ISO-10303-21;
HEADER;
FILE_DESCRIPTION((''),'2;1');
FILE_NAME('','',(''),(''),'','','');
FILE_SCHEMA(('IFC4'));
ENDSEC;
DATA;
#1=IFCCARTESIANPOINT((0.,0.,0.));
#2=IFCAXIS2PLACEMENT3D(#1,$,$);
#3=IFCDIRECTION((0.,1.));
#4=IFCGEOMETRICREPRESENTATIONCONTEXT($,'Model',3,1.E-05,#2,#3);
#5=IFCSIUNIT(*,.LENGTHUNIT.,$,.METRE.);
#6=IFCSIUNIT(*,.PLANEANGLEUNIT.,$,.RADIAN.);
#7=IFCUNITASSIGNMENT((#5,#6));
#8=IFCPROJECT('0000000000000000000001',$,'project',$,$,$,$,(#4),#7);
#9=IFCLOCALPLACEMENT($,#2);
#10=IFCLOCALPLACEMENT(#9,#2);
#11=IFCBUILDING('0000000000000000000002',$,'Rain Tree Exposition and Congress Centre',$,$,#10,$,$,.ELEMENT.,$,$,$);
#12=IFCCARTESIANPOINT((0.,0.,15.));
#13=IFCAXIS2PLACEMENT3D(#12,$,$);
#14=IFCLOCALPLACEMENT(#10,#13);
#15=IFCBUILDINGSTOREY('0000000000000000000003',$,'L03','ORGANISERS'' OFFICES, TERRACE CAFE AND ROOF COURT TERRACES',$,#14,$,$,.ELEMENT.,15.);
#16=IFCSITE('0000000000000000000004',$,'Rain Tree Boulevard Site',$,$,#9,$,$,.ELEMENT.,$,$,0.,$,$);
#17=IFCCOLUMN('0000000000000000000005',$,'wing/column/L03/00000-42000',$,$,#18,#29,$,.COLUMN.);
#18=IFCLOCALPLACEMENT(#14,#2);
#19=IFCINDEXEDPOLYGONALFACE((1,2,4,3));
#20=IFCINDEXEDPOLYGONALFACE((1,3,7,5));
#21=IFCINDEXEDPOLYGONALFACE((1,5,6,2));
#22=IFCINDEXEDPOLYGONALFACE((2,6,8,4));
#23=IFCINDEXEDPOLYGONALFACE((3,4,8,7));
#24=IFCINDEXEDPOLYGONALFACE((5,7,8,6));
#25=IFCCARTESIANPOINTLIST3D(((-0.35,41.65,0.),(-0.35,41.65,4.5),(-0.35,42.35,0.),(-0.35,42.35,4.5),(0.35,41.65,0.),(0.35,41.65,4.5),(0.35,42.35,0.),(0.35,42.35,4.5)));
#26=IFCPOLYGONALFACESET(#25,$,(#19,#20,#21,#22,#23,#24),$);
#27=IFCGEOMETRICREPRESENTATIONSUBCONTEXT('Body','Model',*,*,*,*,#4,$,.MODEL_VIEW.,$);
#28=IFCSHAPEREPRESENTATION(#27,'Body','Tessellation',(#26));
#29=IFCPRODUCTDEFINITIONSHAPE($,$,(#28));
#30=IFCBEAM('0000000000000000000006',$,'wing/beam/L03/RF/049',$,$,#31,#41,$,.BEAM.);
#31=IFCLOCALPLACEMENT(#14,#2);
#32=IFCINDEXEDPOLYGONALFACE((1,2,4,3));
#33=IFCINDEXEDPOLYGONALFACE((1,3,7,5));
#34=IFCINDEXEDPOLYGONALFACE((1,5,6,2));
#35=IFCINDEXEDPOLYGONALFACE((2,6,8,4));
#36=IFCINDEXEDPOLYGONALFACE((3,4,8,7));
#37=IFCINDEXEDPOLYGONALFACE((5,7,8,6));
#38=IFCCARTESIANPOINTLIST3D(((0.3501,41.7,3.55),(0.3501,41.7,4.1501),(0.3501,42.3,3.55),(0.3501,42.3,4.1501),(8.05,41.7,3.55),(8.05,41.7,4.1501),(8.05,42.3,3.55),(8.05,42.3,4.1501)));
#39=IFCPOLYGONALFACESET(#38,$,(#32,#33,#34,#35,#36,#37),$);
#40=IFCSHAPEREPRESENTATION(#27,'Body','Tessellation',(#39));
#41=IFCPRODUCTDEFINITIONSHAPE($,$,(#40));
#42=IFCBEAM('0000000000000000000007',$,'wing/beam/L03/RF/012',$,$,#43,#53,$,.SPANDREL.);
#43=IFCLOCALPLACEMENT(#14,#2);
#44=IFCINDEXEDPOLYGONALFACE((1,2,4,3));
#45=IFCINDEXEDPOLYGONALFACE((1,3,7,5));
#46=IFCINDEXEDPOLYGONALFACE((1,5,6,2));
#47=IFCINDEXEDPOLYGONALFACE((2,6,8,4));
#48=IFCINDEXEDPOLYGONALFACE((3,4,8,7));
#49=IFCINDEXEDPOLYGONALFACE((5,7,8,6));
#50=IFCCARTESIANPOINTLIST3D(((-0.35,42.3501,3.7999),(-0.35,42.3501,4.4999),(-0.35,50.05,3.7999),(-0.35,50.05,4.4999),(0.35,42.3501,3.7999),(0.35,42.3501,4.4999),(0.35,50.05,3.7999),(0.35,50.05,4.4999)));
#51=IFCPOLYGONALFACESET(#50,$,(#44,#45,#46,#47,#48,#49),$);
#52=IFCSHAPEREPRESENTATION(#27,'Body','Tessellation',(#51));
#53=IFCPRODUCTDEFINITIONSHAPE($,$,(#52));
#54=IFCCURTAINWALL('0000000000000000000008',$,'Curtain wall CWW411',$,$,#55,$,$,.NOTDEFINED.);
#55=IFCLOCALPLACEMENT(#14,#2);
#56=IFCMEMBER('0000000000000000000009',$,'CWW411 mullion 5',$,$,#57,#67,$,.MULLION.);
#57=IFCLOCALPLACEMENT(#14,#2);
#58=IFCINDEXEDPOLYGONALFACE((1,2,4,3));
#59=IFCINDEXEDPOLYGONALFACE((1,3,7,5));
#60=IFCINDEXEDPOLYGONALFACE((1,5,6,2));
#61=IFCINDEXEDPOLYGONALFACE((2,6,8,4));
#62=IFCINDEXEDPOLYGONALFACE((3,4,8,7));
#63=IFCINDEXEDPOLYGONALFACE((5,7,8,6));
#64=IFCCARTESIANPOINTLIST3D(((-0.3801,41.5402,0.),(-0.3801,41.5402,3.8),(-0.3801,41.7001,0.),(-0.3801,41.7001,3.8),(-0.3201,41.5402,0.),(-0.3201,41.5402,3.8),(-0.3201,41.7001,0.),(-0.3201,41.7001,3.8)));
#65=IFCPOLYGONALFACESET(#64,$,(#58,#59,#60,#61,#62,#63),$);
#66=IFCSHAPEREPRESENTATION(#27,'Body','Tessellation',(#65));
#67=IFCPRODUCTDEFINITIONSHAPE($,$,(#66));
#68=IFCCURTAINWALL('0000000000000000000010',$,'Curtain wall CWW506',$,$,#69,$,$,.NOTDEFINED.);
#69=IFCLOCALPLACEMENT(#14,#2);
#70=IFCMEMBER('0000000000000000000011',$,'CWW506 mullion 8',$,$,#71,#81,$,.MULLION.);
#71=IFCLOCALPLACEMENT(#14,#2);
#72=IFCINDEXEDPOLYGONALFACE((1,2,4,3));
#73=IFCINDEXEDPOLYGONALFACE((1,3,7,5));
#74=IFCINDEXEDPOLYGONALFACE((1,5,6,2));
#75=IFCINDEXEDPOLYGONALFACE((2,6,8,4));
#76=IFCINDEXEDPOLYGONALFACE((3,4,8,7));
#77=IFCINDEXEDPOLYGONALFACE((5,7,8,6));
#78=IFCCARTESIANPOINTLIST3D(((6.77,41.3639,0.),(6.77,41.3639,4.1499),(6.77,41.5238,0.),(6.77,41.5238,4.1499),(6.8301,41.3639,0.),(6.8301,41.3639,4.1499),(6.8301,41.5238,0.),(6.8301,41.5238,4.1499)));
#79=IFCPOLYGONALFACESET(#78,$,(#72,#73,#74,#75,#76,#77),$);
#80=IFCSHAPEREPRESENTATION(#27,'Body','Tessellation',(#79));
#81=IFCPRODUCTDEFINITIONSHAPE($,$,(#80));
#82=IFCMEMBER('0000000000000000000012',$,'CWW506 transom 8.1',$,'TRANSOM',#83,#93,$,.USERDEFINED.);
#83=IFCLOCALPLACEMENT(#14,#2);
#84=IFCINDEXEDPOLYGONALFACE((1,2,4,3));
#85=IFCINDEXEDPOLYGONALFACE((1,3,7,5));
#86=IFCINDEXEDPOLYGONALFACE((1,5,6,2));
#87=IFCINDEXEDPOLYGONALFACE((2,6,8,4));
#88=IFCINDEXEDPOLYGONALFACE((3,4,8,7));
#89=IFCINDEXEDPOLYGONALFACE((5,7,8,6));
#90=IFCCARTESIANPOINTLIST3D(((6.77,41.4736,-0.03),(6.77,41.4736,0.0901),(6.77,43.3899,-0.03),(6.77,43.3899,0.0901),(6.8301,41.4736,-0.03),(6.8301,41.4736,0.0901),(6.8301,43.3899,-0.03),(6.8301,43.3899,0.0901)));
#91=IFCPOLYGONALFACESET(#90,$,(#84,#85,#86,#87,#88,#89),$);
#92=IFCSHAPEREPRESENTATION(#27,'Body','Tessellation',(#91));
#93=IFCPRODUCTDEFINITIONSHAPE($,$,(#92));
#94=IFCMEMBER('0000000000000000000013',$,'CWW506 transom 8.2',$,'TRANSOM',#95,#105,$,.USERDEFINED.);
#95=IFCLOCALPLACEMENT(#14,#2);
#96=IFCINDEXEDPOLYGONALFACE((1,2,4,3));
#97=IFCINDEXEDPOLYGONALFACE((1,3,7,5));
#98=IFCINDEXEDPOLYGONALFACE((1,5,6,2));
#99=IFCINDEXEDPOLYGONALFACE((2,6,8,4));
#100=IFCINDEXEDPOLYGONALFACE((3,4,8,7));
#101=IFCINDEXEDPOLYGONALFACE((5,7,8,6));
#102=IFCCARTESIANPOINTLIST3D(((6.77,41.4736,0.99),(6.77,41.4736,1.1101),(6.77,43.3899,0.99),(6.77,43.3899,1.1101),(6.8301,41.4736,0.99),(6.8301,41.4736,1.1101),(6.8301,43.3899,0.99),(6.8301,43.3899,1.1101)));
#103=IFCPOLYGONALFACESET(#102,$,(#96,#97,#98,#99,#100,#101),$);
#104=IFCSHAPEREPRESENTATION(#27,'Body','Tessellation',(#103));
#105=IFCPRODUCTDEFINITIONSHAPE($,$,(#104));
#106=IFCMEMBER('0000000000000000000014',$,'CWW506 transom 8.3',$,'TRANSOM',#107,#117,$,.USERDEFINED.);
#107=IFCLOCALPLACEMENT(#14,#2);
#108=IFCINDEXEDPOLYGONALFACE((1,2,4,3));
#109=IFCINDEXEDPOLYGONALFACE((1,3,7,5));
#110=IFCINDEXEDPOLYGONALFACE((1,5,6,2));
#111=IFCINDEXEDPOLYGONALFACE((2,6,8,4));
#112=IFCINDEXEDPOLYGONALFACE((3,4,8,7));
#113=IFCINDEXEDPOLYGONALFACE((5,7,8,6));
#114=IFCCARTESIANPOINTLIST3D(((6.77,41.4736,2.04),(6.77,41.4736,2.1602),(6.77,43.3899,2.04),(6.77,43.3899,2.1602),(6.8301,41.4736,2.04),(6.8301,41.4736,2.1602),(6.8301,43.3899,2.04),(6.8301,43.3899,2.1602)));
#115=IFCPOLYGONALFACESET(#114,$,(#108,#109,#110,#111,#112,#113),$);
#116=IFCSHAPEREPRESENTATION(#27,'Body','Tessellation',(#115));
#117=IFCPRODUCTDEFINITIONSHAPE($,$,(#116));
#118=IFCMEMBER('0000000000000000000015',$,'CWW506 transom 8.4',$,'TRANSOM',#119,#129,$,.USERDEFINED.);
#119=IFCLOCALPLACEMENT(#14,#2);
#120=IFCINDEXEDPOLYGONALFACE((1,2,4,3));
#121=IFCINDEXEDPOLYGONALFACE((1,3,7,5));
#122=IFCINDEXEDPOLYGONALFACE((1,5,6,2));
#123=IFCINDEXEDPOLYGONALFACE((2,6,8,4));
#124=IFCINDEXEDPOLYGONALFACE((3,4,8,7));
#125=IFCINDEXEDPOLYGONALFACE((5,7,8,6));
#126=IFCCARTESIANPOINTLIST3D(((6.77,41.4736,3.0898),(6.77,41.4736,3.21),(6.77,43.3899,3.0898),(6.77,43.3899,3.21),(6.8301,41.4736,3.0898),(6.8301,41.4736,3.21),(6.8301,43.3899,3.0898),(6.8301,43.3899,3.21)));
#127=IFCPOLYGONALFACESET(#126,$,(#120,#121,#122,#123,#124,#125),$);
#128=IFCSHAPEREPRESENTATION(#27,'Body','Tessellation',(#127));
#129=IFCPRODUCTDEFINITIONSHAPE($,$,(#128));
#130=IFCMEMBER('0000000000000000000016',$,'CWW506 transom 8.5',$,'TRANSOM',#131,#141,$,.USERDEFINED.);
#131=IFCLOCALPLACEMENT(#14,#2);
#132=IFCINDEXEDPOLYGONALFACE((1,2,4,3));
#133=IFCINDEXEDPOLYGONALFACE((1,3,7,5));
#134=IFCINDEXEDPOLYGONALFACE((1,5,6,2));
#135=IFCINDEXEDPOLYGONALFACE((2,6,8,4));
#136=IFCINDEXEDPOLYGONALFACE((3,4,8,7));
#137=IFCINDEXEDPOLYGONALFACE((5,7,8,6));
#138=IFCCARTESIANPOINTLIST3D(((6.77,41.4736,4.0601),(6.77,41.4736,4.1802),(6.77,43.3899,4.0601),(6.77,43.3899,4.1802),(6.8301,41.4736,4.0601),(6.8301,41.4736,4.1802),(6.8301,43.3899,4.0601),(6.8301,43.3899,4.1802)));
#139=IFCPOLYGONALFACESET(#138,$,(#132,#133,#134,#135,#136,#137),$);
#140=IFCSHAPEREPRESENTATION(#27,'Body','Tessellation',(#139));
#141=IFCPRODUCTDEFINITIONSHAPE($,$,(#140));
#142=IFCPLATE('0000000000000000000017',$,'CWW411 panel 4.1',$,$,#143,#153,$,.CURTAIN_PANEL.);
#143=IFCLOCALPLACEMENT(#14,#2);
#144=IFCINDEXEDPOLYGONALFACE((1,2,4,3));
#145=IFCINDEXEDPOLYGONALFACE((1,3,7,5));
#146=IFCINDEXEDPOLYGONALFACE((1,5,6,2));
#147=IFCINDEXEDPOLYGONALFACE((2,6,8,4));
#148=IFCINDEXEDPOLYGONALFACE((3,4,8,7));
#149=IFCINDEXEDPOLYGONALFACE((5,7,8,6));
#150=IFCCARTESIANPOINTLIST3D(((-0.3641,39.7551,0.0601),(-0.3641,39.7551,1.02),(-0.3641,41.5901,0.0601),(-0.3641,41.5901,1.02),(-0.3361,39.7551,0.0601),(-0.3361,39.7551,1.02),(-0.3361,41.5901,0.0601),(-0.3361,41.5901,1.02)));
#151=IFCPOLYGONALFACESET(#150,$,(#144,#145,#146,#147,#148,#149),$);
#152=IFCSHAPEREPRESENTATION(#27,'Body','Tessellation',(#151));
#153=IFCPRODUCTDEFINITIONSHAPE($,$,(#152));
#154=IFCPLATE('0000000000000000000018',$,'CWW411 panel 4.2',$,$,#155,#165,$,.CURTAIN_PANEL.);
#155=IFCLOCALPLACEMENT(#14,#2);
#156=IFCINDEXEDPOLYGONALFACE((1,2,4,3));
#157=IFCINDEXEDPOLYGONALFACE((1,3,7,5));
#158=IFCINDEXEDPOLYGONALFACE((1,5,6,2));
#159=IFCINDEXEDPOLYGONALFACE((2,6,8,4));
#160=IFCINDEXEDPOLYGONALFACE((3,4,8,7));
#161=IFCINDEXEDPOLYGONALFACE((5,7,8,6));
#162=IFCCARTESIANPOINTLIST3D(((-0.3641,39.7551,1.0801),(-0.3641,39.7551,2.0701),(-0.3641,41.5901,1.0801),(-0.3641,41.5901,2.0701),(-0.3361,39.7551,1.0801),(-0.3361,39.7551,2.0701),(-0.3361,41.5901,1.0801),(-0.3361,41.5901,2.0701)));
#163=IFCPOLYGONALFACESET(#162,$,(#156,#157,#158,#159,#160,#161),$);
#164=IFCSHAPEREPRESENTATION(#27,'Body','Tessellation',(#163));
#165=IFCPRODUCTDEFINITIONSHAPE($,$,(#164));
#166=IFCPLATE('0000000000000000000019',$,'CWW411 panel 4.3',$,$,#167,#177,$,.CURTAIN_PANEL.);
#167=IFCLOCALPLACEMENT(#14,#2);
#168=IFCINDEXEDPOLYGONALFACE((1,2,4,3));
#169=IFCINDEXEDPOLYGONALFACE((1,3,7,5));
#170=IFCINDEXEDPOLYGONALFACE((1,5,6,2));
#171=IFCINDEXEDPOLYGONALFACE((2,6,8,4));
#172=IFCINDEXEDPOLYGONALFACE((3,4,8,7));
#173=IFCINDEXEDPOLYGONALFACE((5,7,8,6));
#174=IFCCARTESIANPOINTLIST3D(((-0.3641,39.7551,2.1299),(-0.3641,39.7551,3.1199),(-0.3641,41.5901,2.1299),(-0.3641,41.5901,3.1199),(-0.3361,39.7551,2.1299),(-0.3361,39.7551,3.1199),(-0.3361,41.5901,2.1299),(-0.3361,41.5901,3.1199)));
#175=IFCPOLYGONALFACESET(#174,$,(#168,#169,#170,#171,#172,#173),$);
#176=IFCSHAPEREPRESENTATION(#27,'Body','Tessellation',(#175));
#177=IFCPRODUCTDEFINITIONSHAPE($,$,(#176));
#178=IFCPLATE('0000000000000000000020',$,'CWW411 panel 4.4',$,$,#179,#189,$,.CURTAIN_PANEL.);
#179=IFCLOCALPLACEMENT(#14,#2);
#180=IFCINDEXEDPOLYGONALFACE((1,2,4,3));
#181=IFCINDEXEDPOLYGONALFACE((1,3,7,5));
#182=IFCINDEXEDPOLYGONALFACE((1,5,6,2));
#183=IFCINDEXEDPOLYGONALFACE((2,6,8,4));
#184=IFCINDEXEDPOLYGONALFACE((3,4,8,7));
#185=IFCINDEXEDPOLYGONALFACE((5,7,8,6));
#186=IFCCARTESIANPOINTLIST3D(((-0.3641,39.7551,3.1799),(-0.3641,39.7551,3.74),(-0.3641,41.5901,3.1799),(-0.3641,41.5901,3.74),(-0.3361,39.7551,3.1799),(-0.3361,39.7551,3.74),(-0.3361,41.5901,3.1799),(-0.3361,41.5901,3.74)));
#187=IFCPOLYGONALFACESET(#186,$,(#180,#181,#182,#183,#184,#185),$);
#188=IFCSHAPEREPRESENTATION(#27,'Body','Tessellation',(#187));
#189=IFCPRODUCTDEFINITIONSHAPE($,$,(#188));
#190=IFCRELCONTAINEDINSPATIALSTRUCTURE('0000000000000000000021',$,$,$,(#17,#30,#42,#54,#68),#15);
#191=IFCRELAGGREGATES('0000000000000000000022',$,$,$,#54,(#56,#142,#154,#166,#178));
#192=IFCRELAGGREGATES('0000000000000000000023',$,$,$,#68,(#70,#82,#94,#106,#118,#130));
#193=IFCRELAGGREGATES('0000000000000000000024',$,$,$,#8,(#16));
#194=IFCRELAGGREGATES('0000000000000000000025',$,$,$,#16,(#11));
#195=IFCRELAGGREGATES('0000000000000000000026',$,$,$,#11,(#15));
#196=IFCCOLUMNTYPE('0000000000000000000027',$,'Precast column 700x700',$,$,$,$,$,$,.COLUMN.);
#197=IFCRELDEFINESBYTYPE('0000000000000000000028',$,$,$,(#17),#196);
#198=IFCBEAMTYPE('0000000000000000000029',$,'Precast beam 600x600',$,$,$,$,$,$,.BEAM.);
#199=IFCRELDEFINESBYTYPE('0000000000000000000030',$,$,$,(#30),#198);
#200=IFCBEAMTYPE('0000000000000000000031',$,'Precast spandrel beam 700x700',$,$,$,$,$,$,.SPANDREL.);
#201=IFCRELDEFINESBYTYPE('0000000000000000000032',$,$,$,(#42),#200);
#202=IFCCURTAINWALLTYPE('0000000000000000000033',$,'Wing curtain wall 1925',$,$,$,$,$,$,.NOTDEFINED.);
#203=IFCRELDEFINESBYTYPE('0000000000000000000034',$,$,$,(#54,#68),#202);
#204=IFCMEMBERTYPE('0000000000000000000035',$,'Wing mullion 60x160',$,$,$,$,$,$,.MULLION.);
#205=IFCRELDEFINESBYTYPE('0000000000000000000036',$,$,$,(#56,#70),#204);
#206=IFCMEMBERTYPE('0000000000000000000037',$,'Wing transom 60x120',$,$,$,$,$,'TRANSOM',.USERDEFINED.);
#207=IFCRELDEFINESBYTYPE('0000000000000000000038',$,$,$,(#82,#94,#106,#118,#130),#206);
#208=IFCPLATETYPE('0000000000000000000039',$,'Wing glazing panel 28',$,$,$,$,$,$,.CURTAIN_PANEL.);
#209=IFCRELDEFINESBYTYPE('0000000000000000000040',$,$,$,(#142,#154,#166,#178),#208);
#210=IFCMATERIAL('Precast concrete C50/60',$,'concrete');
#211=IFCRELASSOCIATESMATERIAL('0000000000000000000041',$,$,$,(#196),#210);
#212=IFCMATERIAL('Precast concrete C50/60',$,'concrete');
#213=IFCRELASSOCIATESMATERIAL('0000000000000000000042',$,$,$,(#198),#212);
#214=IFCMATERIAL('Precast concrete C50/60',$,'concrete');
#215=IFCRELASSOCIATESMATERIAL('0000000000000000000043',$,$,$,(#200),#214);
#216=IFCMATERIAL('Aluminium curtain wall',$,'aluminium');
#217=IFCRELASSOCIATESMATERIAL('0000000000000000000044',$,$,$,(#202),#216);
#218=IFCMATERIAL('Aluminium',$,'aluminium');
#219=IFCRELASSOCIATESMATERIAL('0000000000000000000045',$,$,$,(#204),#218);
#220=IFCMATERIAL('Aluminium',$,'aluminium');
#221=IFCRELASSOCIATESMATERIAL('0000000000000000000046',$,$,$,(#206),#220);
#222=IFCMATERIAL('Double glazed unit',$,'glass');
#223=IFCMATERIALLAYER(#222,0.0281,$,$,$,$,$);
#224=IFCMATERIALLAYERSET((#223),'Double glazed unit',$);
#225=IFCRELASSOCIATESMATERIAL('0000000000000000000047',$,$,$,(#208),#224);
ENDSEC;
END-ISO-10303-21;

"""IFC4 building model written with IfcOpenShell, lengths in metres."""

from ifc_helpers import new_model, si_unit, direction, frame, origin, origin_2d, place, context, subcontext, project, spatial, rectangle, extrude, material, layer, layer_set, material_profile, profile_set, type_object, element, aggregate, save


model = new_model("IFC4")

# Units and contexts
model_context = context("Model", 3, precision=1e-05, world=origin(), true_north=direction((0.0, 1.0)))
body_context = subcontext(model_context, "Body", "Model", "MODEL_VIEW")
ifc_project = project(units=[si_unit("LENGTHUNIT", "METRE"), si_unit("PLANEANGLEUNIT", "RADIAN")], contexts=[model_context])

# Site, building, storey
site_placement = place(None, origin())
site = spatial("IfcSite", under=ifc_project, at=site_placement, Name="Rain Tree Boulevard Site", CompositionType="ELEMENT", RefElevation=0.0)
building_placement = place(site_placement, origin())
building = spatial("IfcBuilding", under=site, at=building_placement, Name="Rain Tree Exposition and Congress Centre", CompositionType="ELEMENT")
storey_placement = place(building_placement, frame((0.0, 0.0, 15.0)))
storey = spatial("IfcBuildingStorey", under=building, at=storey_placement, Name="L03", Description="ORGANISERS' OFFICES, TERRACE CAFE AND ROOF COURT TERRACES", CompositionType="ELEMENT", Elevation=15.0)

# Column
ifc_material_1 = material(Name="Precast concrete C50/60", Category="concrete")
ifc_material_profile_1 = material_profile(ifc_material_1, rectangle(XDim=0.7, YDim=0.7, at=origin_2d()), Name="RC 700x700")
ifc_profile_set_1 = profile_set([ifc_material_profile_1], Name="Precast concrete C50/60")
column_type = type_object("IfcColumnType", Name="Precast column 700x700", PredefinedType="COLUMN", material=ifc_profile_set_1)
column_placement = place(storey_placement, frame((0.0, 42.0, 0.0), z_axis=(0.0, 0.0, 1.0), x_axis=(1.0, 0.0, 0.0)))
element("IfcColumn", 1, at=column_placement, inside=storey, type_object=column_type, Name="wing/column/L03/00000-42000", PredefinedType="COLUMN", context=body_context, shape_type="SweptSolid", body=[
    extrude(rectangle(XDim=0.7, YDim=0.7, at=origin_2d()), origin(), (0.0, 0.0, 1.0), 4.5),
])

# Beams
ifc_material_2 = material(Name="Precast concrete C50/60", Category="concrete")
ifc_material_profile_2 = material_profile(ifc_material_2, rectangle(XDim=0.6001, YDim=0.6001, at=origin_2d()), Name="RC 600x600")
ifc_profile_set_2 = profile_set([ifc_material_profile_2], Name="Precast concrete C50/60")
beam_type_1 = type_object("IfcBeamType", Name="Precast beam 600x600", PredefinedType="BEAM", material=ifc_profile_set_2)
beam_1_placement = place(storey_placement, frame((0.3501, 42.0, 3.8501), z_axis=(1.0, 0.0, 0.0), x_axis=(0.0, 1.0, 0.0)))
element("IfcBeam", 2, at=beam_1_placement, inside=storey, type_object=beam_type_1, Name="wing/beam/L03/RF/049", PredefinedType="BEAM", context=body_context, shape_type="SweptSolid", body=[
    extrude(rectangle(XDim=0.6001, YDim=0.6001, at=origin_2d()), origin(), (0.0, 0.0, 1.0), 7.7),
])
ifc_material_3 = material(Name="Precast concrete C50/60", Category="concrete")
ifc_material_profile_3 = material_profile(ifc_material_3, rectangle(XDim=0.7, YDim=0.7, at=origin_2d()), Name="RC 700x700")
ifc_profile_set_3 = profile_set([ifc_material_profile_3], Name="Precast concrete C50/60")
beam_type_2 = type_object("IfcBeamType", Name="Precast spandrel beam 700x700", PredefinedType="SPANDREL", material=ifc_profile_set_3)
beam_2_placement = place(storey_placement, frame((0.0, 42.3501, 4.1499), z_axis=(0.0, 1.0, 0.0), x_axis=(-1.0, 0.0, 0.0)))
element("IfcBeam", 3, at=beam_2_placement, inside=storey, type_object=beam_type_2, Name="wing/beam/L03/RF/012", PredefinedType="SPANDREL", context=body_context, shape_type="SweptSolid", body=[
    extrude(rectangle(XDim=0.7, YDim=0.7, at=origin_2d()), origin(), (0.0, 0.0, 1.0), 7.7),
])

# Curtain wall, member
ifc_material_4 = material(Name="Aluminium curtain wall", Category="aluminium")
curtain_wall_type = type_object("IfcCurtainWallType", Name="Wing curtain wall 1925", PredefinedType="NOTDEFINED", material=ifc_material_4)
curtain_wall_1_placement = place(storey_placement, origin())
curtain_wall_1 = element("IfcCurtainWall", 4, at=curtain_wall_1_placement, inside=storey, type_object=curtain_wall_type, Name="Curtain wall CWW411", PredefinedType="NOTDEFINED")
ifc_material_5 = material(Name="Aluminium", Category="aluminium")
ifc_material_profile_4 = material_profile(ifc_material_5, rectangle(XDim=0.0601, YDim=0.1599, at=origin_2d()), Name="Aluminium 60x160")
ifc_profile_set_4 = profile_set([ifc_material_profile_4], Name="Aluminium")
member_type_1 = type_object("IfcMemberType", Name="Wing mullion 60x160", PredefinedType="MULLION", material=ifc_profile_set_4)
member_1_placement = place(storey_placement, frame((-0.3501, 41.6201, 0.0), z_axis=(0.0, 0.0, 1.0), x_axis=(-1.0, 0.0, 0.0)))
member_1 = element("IfcMember", 5, at=member_1_placement, type_object=member_type_1, Name="CWW411 mullion 5", PredefinedType="MULLION", context=body_context, shape_type="SweptSolid", body=[
    extrude(rectangle(XDim=0.0601, YDim=0.1599, at=origin_2d()), origin(), (0.0, 0.0, 1.0), 3.8),
])

# Curtain wall, members
curtain_wall_2_placement = place(storey_placement, origin())
curtain_wall_2 = element("IfcCurtainWall", 6, at=curtain_wall_2_placement, inside=storey, type_object=curtain_wall_type, Name="Curtain wall CWW506", PredefinedType="NOTDEFINED")
member_2_placement = place(storey_placement, frame((6.8, 41.4438, 0.0), z_axis=(0.0, 0.0, 1.0), x_axis=(-1.0, 0.0, 0.0)))
member_2 = element("IfcMember", 7, at=member_2_placement, type_object=member_type_1, Name="CWW506 mullion 8", PredefinedType="MULLION", context=body_context, shape_type="SweptSolid", body=[
    extrude(rectangle(XDim=0.0601, YDim=0.1599, at=origin_2d()), origin(), (0.0, 0.0, 1.0), 4.1499),
])
ifc_material_6 = material(Name="Aluminium", Category="aluminium")
ifc_material_profile_5 = material_profile(ifc_material_6, rectangle(XDim=0.0601, YDim=0.1201, at=origin_2d()), Name="Aluminium 60x120")
ifc_profile_set_5 = profile_set([ifc_material_profile_5], Name="Aluminium")
member_type_2 = type_object("IfcMemberType", Name="Wing transom 60x120", ElementType="TRANSOM", PredefinedType="USERDEFINED", material=ifc_profile_set_5)
member_3_placement = place(storey_placement, frame((6.8, 41.4736, 0.03), z_axis=(0.0, 1.0, 0.0), x_axis=(-1.0, 0.0, 0.0)))
member_3 = element("IfcMember", 8, at=member_3_placement, type_object=member_type_2, Name="CWW506 transom 8.1", ObjectType="TRANSOM", PredefinedType="USERDEFINED", context=body_context, shape_type="SweptSolid", body=[
    extrude(rectangle(XDim=0.0601, YDim=0.1201, at=origin_2d()), origin(), (0.0, 0.0, 1.0), 1.9163),
])
member_4_placement = place(storey_placement, frame((6.8, 41.4736, 1.05), z_axis=(0.0, 1.0, 0.0), x_axis=(-1.0, 0.0, 0.0)))
member_4 = element("IfcMember", 9, at=member_4_placement, type_object=member_type_2, Name="CWW506 transom 8.2", ObjectType="TRANSOM", PredefinedType="USERDEFINED", context=body_context, shape_type="SweptSolid", body=[
    extrude(rectangle(XDim=0.0601, YDim=0.1201, at=origin_2d()), origin(), (0.0, 0.0, 1.0), 1.9163),
])
member_5_placement = place(storey_placement, frame((6.8, 41.4736, 2.1001), z_axis=(0.0, 1.0, 0.0), x_axis=(-1.0, 0.0, 0.0)))
member_5 = element("IfcMember", 10, at=member_5_placement, type_object=member_type_2, Name="CWW506 transom 8.3", ObjectType="TRANSOM", PredefinedType="USERDEFINED", context=body_context, shape_type="SweptSolid", body=[
    extrude(rectangle(XDim=0.0601, YDim=0.1201, at=origin_2d()), origin(), (0.0, 0.0, 1.0), 1.9163),
])
member_6_placement = place(storey_placement, frame((6.8, 41.4736, 3.1499), z_axis=(0.0, 1.0, 0.0), x_axis=(-1.0, 0.0, 0.0)))
member_6 = element("IfcMember", 11, at=member_6_placement, type_object=member_type_2, Name="CWW506 transom 8.4", ObjectType="TRANSOM", PredefinedType="USERDEFINED", context=body_context, shape_type="SweptSolid", body=[
    extrude(rectangle(XDim=0.0601, YDim=0.1201, at=origin_2d()), origin(), (0.0, 0.0, 1.0), 1.9163),
])
member_7_placement = place(storey_placement, frame((6.8, 41.4736, 4.1201), z_axis=(0.0, 1.0, 0.0), x_axis=(-1.0, 0.0, 0.0)))
member_7 = element("IfcMember", 12, at=member_7_placement, type_object=member_type_2, Name="CWW506 transom 8.5", ObjectType="TRANSOM", PredefinedType="USERDEFINED", context=body_context, shape_type="SweptSolid", body=[
    extrude(rectangle(XDim=0.0601, YDim=0.1201, at=origin_2d()), origin(), (0.0, 0.0, 1.0), 1.9163),
])

# Plates
ifc_material_7 = material(Name="Double glazed unit", Category="glass")
ifc_layer_1 = layer(ifc_material_7, 0.0281)
ifc_layer_set_1 = layer_set([ifc_layer_1], Name="Double glazed unit")
plate_type = type_object("IfcPlateType", Name="Wing glazing panel 28", PredefinedType="CURTAIN_PANEL", material=ifc_layer_set_1)
plate_1_placement = place(storey_placement, frame((-0.3501, 40.6726, 0.0601), z_axis=(0.0, 0.0, 1.0), x_axis=(0.0, 1.0, 0.0)))
plate_1 = element("IfcPlate", 13, at=plate_1_placement, type_object=plate_type, Name="CWW411 panel 4.1", PredefinedType="CURTAIN_PANEL", context=body_context, shape_type="SweptSolid", body=[
    extrude(rectangle(XDim=1.835, YDim=0.0281, at=origin_2d()), origin(), (0.0, 0.0, 1.0), 0.96),
])
plate_2_placement = place(storey_placement, frame((-0.3501, 40.6726, 1.0801), z_axis=(0.0, 0.0, 1.0), x_axis=(0.0, 1.0, 0.0)))
plate_2 = element("IfcPlate", 14, at=plate_2_placement, type_object=plate_type, Name="CWW411 panel 4.2", PredefinedType="CURTAIN_PANEL", context=body_context, shape_type="SweptSolid", body=[
    extrude(rectangle(XDim=1.835, YDim=0.0281, at=origin_2d()), origin(), (0.0, 0.0, 1.0), 0.99),
])
plate_3_placement = place(storey_placement, frame((-0.3501, 40.6726, 2.1299), z_axis=(0.0, 0.0, 1.0), x_axis=(0.0, 1.0, 0.0)))
plate_3 = element("IfcPlate", 15, at=plate_3_placement, type_object=plate_type, Name="CWW411 panel 4.3", PredefinedType="CURTAIN_PANEL", context=body_context, shape_type="SweptSolid", body=[
    extrude(rectangle(XDim=1.835, YDim=0.0281, at=origin_2d()), origin(), (0.0, 0.0, 1.0), 0.99),
])
plate_4_placement = place(storey_placement, frame((-0.3501, 40.6726, 3.1799), z_axis=(0.0, 0.0, 1.0), x_axis=(0.0, 1.0, 0.0)))
plate_4 = element("IfcPlate", 16, at=plate_4_placement, type_object=plate_type, Name="CWW411 panel 4.4", PredefinedType="CURTAIN_PANEL", context=body_context, shape_type="SweptSolid", body=[
    extrude(rectangle(XDim=1.835, YDim=0.0281, at=origin_2d()), origin(), (0.0, 0.0, 1.0), 0.5601),
])
aggregate(curtain_wall_1, [member_1, plate_1, plate_2, plate_3, plate_4])
aggregate(curtain_wall_2, [member_2, member_3, member_4, member_5, member_6, member_7])

save(model, "model.ifc")
